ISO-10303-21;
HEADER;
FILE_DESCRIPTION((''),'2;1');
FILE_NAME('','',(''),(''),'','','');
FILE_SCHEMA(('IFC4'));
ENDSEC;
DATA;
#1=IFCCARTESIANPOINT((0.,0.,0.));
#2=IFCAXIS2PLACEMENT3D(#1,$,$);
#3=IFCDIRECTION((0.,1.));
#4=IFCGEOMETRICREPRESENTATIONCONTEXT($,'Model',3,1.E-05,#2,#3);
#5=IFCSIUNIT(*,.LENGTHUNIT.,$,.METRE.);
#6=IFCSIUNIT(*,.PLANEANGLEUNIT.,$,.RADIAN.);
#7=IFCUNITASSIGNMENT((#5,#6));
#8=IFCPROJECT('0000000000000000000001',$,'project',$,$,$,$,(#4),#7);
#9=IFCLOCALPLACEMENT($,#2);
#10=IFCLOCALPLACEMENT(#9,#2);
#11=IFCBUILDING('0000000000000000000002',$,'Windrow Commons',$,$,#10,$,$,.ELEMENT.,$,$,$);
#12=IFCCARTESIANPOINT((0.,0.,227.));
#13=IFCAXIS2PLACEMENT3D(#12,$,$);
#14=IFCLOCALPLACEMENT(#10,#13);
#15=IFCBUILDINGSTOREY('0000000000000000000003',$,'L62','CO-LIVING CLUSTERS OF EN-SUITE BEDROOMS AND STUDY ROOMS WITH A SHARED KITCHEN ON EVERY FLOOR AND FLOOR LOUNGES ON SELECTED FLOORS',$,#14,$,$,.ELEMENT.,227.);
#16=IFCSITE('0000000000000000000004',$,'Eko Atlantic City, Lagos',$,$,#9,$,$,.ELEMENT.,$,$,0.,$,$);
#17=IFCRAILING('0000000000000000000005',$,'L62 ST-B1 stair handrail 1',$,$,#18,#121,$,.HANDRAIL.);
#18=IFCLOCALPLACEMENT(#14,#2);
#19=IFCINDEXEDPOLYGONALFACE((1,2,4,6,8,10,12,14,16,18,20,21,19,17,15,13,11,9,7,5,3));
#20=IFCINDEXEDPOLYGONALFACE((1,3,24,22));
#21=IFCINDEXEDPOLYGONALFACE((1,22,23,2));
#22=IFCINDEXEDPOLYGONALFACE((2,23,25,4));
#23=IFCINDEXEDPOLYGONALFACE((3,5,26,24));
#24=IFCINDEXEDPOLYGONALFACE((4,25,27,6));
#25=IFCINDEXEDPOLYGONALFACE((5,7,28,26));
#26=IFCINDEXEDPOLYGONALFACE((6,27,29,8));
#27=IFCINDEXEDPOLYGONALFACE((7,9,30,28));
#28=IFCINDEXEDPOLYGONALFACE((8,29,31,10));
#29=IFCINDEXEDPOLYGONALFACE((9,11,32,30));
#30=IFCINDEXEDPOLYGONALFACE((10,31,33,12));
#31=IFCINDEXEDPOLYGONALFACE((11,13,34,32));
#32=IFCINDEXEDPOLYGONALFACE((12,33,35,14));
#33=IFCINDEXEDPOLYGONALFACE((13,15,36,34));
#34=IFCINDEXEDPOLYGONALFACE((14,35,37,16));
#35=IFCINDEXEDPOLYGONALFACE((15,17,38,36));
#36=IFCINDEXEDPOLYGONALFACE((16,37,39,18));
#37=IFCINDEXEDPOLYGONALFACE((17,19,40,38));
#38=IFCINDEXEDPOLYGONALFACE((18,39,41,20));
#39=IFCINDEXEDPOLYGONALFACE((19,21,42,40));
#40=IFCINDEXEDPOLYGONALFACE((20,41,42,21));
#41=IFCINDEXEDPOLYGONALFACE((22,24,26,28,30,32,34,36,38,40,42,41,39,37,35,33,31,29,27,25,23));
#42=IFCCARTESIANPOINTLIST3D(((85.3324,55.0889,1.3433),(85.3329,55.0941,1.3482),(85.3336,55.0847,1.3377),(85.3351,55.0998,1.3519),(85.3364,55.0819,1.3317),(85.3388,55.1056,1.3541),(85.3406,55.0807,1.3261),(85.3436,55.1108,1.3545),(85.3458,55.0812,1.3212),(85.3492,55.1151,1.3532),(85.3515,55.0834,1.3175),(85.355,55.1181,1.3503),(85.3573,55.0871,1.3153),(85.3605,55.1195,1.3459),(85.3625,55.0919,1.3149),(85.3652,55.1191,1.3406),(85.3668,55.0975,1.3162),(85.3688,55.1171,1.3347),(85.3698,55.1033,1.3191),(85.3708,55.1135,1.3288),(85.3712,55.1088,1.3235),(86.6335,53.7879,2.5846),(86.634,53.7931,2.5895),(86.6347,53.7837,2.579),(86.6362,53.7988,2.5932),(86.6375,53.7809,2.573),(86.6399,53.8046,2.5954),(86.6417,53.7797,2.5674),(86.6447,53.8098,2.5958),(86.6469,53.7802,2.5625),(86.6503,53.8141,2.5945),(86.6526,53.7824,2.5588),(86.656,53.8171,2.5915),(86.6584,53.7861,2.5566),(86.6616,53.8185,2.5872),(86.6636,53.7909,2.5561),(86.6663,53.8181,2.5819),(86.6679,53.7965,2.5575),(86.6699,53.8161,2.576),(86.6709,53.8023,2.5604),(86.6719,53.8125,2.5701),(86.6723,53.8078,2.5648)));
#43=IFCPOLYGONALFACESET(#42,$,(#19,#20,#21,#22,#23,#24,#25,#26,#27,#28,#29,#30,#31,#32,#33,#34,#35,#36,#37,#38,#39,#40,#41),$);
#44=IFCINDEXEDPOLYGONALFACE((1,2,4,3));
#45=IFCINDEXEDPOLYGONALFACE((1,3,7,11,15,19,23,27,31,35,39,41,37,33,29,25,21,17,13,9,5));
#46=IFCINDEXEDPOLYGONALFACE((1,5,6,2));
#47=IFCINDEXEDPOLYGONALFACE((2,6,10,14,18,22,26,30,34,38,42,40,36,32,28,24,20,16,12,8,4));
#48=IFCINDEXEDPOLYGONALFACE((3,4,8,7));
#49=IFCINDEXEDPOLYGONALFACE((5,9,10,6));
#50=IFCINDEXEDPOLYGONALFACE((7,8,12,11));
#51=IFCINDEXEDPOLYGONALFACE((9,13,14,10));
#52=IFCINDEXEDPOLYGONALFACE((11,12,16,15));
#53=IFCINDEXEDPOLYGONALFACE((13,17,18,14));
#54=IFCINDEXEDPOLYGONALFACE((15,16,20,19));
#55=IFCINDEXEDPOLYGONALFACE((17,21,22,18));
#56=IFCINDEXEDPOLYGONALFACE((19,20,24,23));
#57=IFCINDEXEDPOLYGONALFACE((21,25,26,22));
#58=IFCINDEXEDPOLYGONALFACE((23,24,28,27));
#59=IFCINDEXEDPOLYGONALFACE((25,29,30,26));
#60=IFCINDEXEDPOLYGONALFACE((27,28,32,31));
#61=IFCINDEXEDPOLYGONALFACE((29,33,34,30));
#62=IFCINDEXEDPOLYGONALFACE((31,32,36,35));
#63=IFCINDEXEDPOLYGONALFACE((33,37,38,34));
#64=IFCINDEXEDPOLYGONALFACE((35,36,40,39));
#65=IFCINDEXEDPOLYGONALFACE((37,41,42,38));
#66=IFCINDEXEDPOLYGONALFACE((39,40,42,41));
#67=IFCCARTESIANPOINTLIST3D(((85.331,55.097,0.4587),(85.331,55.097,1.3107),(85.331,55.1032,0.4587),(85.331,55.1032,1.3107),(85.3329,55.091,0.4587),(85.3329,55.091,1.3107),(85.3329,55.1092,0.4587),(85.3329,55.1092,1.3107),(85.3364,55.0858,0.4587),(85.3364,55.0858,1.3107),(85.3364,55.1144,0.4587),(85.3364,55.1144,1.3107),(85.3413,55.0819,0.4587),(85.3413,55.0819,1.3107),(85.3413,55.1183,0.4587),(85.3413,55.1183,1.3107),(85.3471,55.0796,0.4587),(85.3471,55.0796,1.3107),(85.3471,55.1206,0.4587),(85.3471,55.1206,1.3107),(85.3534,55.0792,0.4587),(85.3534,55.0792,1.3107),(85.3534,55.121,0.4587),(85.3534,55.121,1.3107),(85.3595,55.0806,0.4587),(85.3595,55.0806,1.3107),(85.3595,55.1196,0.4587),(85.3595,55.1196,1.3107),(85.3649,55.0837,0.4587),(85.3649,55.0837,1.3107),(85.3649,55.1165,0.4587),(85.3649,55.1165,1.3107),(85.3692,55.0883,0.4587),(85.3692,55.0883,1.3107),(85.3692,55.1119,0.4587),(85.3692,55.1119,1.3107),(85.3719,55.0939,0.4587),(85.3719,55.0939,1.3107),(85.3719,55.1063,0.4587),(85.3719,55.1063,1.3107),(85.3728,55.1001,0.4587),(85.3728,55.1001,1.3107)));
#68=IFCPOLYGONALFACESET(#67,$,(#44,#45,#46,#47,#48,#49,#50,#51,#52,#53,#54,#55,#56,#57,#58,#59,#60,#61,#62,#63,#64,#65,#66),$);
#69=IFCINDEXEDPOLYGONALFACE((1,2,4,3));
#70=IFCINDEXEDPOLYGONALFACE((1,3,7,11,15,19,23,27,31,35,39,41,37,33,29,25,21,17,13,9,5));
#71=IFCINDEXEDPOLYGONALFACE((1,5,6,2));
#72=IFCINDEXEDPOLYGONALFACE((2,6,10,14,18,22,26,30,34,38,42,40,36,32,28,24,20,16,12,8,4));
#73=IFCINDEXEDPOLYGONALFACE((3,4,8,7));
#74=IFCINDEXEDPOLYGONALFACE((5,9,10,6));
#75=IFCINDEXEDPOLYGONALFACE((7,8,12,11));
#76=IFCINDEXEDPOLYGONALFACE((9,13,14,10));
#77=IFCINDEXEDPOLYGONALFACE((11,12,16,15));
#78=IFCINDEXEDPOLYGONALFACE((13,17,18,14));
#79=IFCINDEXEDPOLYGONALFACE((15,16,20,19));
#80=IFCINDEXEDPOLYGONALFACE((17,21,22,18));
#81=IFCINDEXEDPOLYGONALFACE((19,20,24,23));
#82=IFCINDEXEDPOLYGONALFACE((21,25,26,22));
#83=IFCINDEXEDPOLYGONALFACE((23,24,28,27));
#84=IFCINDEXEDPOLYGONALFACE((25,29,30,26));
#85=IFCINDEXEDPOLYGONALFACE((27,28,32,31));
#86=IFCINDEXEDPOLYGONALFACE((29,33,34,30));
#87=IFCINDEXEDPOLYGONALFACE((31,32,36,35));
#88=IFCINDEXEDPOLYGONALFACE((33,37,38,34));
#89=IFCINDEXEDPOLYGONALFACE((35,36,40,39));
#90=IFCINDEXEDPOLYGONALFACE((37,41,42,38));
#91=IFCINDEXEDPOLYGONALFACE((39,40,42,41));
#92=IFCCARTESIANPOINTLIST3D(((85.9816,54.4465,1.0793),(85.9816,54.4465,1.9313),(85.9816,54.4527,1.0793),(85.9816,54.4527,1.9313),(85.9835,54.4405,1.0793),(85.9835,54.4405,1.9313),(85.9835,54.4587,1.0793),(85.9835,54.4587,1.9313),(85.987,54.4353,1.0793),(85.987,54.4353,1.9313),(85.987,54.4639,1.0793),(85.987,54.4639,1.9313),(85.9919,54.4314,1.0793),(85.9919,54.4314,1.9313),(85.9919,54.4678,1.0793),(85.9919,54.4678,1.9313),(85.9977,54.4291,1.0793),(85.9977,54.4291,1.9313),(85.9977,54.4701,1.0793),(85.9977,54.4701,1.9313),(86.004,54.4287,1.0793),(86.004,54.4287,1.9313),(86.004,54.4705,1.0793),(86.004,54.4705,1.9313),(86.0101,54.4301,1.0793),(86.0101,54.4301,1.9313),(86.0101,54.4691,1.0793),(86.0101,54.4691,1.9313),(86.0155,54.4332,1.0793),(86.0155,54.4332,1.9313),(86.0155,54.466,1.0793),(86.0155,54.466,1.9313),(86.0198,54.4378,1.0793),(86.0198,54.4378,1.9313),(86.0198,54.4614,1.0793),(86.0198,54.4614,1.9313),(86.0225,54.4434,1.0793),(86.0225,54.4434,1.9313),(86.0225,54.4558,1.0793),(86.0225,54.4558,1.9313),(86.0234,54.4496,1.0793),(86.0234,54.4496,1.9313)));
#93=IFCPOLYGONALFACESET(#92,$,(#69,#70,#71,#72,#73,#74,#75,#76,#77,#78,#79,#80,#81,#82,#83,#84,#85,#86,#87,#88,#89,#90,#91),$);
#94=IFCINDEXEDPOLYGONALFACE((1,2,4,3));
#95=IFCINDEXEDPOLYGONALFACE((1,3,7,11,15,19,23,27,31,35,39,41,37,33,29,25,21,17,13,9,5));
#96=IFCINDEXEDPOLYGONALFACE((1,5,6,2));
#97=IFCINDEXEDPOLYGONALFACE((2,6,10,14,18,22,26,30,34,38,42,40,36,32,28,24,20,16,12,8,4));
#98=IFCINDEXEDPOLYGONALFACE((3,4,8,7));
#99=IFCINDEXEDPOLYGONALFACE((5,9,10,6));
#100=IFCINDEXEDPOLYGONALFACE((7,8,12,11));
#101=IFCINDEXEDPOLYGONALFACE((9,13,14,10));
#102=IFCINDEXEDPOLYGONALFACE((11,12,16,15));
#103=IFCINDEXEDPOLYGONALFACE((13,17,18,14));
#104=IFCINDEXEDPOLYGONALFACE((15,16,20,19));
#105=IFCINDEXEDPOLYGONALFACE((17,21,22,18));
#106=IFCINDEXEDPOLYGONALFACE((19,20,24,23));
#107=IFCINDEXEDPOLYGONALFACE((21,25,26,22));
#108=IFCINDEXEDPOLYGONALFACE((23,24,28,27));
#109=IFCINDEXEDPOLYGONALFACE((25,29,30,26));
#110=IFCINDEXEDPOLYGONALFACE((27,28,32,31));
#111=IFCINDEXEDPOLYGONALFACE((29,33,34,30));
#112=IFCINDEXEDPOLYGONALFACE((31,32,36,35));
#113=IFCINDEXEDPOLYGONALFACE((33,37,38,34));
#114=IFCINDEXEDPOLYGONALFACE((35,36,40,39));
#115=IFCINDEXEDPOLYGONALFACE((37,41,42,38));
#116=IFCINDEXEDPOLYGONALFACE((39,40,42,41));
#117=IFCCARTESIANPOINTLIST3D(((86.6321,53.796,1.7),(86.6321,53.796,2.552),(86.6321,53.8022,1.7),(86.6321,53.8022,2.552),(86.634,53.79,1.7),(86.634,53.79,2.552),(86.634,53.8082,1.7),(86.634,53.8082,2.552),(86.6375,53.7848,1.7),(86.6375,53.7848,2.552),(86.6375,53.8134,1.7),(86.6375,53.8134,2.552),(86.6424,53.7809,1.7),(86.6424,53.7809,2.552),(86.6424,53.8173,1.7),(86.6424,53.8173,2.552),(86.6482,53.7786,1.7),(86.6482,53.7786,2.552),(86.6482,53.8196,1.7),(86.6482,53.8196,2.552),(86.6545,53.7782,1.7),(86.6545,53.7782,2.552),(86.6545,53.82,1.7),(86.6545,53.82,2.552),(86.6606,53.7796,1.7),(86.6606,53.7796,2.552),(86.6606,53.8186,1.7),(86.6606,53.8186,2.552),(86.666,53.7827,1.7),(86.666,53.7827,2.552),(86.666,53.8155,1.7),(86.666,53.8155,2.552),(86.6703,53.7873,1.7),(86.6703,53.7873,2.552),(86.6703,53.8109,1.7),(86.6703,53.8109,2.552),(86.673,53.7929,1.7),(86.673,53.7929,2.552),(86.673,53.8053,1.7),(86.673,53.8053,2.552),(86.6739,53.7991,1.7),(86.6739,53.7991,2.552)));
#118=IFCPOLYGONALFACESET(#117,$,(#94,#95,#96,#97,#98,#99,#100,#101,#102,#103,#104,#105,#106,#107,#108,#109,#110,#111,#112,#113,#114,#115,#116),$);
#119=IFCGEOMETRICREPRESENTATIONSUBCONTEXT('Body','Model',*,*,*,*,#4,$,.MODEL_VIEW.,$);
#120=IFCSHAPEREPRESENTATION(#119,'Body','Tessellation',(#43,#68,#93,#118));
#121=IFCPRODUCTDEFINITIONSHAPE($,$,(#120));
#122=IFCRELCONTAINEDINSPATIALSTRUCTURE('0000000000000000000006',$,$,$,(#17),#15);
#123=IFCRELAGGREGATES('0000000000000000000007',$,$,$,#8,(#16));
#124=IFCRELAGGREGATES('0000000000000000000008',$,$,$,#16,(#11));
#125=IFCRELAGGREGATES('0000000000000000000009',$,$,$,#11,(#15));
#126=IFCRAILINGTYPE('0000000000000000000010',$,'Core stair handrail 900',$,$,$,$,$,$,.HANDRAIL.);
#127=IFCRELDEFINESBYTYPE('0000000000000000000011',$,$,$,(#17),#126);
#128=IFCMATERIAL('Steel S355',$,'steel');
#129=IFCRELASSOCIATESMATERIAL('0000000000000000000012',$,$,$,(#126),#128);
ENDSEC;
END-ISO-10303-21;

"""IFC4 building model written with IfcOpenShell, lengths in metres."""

from ifc_helpers import new_model, si_unit, direction, frame, origin, origin_2d, place, context, subcontext, project, spatial, circle, extrude, material, type_object, element, save


model = new_model("IFC4")

# Units and contexts
model_context = context("Model", 3, precision=1e-05, world=origin(), true_north=direction((0.0, 1.0)))
body_context = subcontext(model_context, "Body", "Model", "MODEL_VIEW")
ifc_project = project(units=[si_unit("LENGTHUNIT", "METRE"), si_unit("PLANEANGLEUNIT", "RADIAN")], contexts=[model_context])

# Site, building, storey
site_placement = place(None, origin())
site = spatial("IfcSite", under=ifc_project, at=site_placement, Name="Eko Atlantic City, Lagos", CompositionType="ELEMENT", RefElevation=0.0)
building_placement = place(site_placement, origin())
building = spatial("IfcBuilding", under=site, at=building_placement, Name="Windrow Commons", CompositionType="ELEMENT")
storey_placement = place(building_placement, frame((0.0, 0.0, 227.0)))
storey = spatial("IfcBuildingStorey", under=building, at=storey_placement, Name="L62", Description="CO-LIVING CLUSTERS OF EN-SUITE BEDROOMS AND STUDY ROOMS WITH A SHARED KITCHEN ON EVERY FLOOR AND FLOOR LOUNGES ON SELECTED FLOORS", CompositionType="ELEMENT", Elevation=227.0)

# Railing
ifc_material_1 = material(Name="Steel S355", Category="steel")
railing_type_1 = type_object("IfcRailingType", Name="Core stair handrail 900", PredefinedType="HANDRAIL", material=ifc_material_1)
railing_1_placement = place(storey_placement, frame((85.3518, 55.1001, 0.4587)))
element("IfcRailing", 1, at=railing_1_placement, inside=storey, type_object=railing_type_1, Name="L62 ST-B1 stair handrail 1", PredefinedType="HANDRAIL", context=body_context, shape_type="SweptSolid", body=[
    extrude(circle(Radius=0.024, at=origin_2d()), frame((0.0, 0.0, 0.876), z_axis=(0.586207, -0.586162, 0.559264), x_axis=(0.70708, 0.707134, 0.0)), (0.0, 0.0, 1.0), 2.2195),
    extrude(circle(Radius=0.021, at=origin_2d()), origin(), (0.0, 0.0, 1.0), 0.852),
    extrude(circle(Radius=0.021, at=origin_2d()), frame((0.6506, -0.6505, 0.6206)), (0.0, 0.0, 1.0), 0.852),
    extrude(circle(Radius=0.021, at=origin_2d()), frame((1.3011, -1.301, 1.2413)), (0.0, 0.0, 1.0), 0.852),
])

save(model, "model.ifc")
